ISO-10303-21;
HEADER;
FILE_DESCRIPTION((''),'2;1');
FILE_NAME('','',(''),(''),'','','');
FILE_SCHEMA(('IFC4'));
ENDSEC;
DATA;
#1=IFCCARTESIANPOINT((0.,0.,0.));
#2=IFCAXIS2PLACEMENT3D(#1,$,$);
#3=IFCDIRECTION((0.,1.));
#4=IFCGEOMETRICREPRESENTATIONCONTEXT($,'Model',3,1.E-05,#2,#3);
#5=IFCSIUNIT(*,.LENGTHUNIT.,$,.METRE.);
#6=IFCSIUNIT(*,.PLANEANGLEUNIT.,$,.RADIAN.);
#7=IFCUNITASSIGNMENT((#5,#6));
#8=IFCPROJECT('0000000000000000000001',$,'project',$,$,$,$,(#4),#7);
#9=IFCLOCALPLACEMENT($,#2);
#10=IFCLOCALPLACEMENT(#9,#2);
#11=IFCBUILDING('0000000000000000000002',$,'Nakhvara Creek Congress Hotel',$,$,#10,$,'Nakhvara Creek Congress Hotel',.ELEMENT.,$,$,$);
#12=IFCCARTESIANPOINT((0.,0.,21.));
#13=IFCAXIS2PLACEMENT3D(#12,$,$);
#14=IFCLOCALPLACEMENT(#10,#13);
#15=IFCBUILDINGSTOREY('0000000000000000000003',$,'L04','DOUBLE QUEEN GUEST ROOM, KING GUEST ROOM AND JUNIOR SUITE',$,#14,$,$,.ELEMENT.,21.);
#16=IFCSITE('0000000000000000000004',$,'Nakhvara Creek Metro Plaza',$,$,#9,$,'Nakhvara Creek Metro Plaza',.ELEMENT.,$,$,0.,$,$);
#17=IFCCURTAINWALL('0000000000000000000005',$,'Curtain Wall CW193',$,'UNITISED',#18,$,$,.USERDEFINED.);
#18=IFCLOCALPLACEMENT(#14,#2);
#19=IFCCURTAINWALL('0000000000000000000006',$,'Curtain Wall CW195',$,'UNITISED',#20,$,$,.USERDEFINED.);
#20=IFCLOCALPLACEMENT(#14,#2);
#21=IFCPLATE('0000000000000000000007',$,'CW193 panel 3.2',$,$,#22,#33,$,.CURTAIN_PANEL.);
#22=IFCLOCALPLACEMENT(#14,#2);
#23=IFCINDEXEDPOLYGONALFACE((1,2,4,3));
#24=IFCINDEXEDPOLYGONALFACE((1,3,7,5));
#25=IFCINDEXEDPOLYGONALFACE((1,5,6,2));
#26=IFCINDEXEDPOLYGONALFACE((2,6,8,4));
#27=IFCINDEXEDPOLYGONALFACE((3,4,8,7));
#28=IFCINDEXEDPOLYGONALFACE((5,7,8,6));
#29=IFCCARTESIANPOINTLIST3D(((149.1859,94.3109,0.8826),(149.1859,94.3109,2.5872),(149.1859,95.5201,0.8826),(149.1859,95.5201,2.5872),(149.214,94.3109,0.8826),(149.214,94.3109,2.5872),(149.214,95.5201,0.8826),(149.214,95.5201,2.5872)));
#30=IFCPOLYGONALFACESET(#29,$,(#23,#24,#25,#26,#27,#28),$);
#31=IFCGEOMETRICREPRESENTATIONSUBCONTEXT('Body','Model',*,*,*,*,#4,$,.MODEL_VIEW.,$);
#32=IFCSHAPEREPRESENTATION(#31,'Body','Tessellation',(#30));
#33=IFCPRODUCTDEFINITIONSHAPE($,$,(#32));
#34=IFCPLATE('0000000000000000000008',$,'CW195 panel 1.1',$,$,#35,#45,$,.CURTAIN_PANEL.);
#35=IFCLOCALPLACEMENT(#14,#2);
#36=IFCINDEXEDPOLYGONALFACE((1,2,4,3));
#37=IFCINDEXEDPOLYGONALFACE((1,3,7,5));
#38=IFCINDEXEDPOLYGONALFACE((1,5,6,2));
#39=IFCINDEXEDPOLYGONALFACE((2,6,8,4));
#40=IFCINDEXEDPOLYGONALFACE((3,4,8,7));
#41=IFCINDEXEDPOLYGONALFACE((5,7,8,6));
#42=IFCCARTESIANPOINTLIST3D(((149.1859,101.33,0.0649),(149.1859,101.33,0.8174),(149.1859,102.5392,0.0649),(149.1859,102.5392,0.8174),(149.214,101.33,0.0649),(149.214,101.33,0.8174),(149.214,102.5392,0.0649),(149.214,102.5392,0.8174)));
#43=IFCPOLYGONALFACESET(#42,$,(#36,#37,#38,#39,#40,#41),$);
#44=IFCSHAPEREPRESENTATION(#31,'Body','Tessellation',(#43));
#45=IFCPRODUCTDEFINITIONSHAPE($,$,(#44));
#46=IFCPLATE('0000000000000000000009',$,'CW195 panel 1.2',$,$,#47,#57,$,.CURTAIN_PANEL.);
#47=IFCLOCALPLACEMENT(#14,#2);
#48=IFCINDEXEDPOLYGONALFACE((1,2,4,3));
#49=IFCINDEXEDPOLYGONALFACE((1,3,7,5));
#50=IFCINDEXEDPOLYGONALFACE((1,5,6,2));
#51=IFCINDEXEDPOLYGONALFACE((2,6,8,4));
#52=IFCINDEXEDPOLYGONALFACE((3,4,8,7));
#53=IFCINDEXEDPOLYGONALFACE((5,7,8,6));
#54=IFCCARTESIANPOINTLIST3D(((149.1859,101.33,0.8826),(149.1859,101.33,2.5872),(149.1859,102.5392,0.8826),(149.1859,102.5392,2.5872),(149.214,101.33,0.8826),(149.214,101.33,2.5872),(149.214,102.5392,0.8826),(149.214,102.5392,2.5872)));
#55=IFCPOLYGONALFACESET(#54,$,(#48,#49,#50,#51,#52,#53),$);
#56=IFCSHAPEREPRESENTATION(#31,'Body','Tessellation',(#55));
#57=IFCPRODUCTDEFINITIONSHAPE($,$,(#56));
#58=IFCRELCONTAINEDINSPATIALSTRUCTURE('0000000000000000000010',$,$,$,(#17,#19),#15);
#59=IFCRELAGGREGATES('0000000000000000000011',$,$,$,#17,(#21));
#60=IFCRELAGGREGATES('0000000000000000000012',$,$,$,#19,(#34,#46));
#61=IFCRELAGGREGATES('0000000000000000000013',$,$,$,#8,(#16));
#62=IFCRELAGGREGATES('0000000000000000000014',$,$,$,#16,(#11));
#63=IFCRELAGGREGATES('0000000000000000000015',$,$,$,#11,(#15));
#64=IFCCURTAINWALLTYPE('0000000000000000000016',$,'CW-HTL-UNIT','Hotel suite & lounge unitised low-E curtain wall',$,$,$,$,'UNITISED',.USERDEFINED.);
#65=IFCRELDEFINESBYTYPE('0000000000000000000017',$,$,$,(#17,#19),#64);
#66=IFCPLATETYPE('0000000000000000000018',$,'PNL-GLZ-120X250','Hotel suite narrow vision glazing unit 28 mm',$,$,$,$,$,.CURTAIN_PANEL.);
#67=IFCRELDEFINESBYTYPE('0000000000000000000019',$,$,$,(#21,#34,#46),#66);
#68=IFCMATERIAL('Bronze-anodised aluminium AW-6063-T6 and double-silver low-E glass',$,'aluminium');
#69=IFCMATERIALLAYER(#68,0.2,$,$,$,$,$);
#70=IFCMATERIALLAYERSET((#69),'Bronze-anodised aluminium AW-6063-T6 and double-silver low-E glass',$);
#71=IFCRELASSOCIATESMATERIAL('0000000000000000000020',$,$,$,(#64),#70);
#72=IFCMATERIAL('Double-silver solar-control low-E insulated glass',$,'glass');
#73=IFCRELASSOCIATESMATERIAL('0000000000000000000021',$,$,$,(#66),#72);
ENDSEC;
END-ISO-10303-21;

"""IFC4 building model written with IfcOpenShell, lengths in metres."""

from ifc_helpers import new_model, si_unit, direction, frame, origin, origin_2d, place, context, subcontext, project, spatial, rectangle, extrude, material, layer, layer_set, type_object, element, aggregate, save


model = new_model("IFC4")

# Units and contexts
model_context = context("Model", 3, precision=1e-05, world=origin(), true_north=direction((0.0, 1.0)))
body_context = subcontext(model_context, "Body", "Model", "MODEL_VIEW")
ifc_project = project(units=[si_unit("LENGTHUNIT", "METRE"), si_unit("PLANEANGLEUNIT", "RADIAN")], contexts=[model_context])

# Site, building, storey
site_placement = place(None, origin())
site = spatial("IfcSite", under=ifc_project, at=site_placement, Name="Nakhvara Creek Metro Plaza", LongName="Nakhvara Creek Metro Plaza", CompositionType="ELEMENT", RefElevation=0.0)
building_placement = place(site_placement, origin())
building = spatial("IfcBuilding", under=site, at=building_placement, Name="Nakhvara Creek Congress Hotel", LongName="Nakhvara Creek Congress Hotel", CompositionType="ELEMENT")
storey_placement = place(building_placement, frame((0.0, 0.0, 21.0)))
storey = spatial("IfcBuildingStorey", under=building, at=storey_placement, Name="L04", Description="DOUBLE QUEEN GUEST ROOM, KING GUEST ROOM AND JUNIOR SUITE", CompositionType="ELEMENT", Elevation=21.0)

# Shared definitions
ifc_material_1 = material(Name="Bronze-anodised aluminium AW-6063-T6 and double-silver low-E glass", Category="aluminium")
ifc_layer = layer(ifc_material_1, 0.2)
ifc_layer_set = layer_set([ifc_layer], Name="Bronze-anodised aluminium AW-6063-T6 and double-silver low-E glass")
curtain_wall_type = type_object("IfcCurtainWallType", Name="CW-HTL-UNIT", Description="Hotel suite & lounge unitised low-E curtain wall", ElementType="UNITISED", PredefinedType="USERDEFINED", material=ifc_layer_set)

# Curtain wall
curtain_wall_1_placement = place(storey_placement, origin())
curtain_wall_1 = element("IfcCurtainWall", 1, at=curtain_wall_1_placement, inside=storey, type_object=curtain_wall_type, Name="Curtain Wall CW193", ObjectType="UNITISED", PredefinedType="USERDEFINED")

# Curtain wall
curtain_wall_2_placement = place(storey_placement, origin())
curtain_wall_2 = element("IfcCurtainWall", 2, at=curtain_wall_2_placement, inside=storey, type_object=curtain_wall_type, Name="Curtain Wall CW195", ObjectType="UNITISED", PredefinedType="USERDEFINED")

# Plates
ifc_material_2 = material(Name="Double-silver solar-control low-E insulated glass", Category="glass")
plate_type = type_object("IfcPlateType", Name="PNL-GLZ-120X250", Description="Hotel suite narrow vision glazing unit 28 mm", PredefinedType="CURTAIN_PANEL", material=ifc_material_2)
plate_1_placement = place(storey_placement, frame((149.2, 94.9155, 0.8826), z_axis=(0.0, 0.0, 1.0), x_axis=(0.0, 1.0, 0.0)))
plate_1 = element("IfcPlate", 3, at=plate_1_placement, type_object=plate_type, Name="CW193 panel 3.2", PredefinedType="CURTAIN_PANEL", context=body_context, shape_type="SweptSolid", body=[
    extrude(rectangle(XDim=1.2092, YDim=0.0281, at=origin_2d()), origin(), (0.0, 0.0, 1.0), 1.7046),
])
aggregate(curtain_wall_1, [plate_1])
plate_2_placement = place(storey_placement, frame((149.2, 101.9346, 0.0649), z_axis=(0.0, 0.0, 1.0), x_axis=(0.0, 1.0, 0.0)))
plate_2 = element("IfcPlate", 4, at=plate_2_placement, type_object=plate_type, Name="CW195 panel 1.1", PredefinedType="CURTAIN_PANEL", context=body_context, shape_type="SweptSolid", body=[
    extrude(rectangle(XDim=1.2092, YDim=0.0281, at=origin_2d()), origin(), (0.0, 0.0, 1.0), 0.7524),
])
plate_3_placement = place(storey_placement, frame((149.2, 101.9346, 0.8826), z_axis=(0.0, 0.0, 1.0), x_axis=(0.0, 1.0, 0.0)))
plate_3 = element("IfcPlate", 5, at=plate_3_placement, type_object=plate_type, Name="CW195 panel 1.2", PredefinedType="CURTAIN_PANEL", context=body_context, shape_type="SweptSolid", body=[
    extrude(rectangle(XDim=1.2092, YDim=0.0281, at=origin_2d()), origin(), (0.0, 0.0, 1.0), 1.7046),
])
aggregate(curtain_wall_2, [plate_2, plate_3])

save(model, "model.ifc")
